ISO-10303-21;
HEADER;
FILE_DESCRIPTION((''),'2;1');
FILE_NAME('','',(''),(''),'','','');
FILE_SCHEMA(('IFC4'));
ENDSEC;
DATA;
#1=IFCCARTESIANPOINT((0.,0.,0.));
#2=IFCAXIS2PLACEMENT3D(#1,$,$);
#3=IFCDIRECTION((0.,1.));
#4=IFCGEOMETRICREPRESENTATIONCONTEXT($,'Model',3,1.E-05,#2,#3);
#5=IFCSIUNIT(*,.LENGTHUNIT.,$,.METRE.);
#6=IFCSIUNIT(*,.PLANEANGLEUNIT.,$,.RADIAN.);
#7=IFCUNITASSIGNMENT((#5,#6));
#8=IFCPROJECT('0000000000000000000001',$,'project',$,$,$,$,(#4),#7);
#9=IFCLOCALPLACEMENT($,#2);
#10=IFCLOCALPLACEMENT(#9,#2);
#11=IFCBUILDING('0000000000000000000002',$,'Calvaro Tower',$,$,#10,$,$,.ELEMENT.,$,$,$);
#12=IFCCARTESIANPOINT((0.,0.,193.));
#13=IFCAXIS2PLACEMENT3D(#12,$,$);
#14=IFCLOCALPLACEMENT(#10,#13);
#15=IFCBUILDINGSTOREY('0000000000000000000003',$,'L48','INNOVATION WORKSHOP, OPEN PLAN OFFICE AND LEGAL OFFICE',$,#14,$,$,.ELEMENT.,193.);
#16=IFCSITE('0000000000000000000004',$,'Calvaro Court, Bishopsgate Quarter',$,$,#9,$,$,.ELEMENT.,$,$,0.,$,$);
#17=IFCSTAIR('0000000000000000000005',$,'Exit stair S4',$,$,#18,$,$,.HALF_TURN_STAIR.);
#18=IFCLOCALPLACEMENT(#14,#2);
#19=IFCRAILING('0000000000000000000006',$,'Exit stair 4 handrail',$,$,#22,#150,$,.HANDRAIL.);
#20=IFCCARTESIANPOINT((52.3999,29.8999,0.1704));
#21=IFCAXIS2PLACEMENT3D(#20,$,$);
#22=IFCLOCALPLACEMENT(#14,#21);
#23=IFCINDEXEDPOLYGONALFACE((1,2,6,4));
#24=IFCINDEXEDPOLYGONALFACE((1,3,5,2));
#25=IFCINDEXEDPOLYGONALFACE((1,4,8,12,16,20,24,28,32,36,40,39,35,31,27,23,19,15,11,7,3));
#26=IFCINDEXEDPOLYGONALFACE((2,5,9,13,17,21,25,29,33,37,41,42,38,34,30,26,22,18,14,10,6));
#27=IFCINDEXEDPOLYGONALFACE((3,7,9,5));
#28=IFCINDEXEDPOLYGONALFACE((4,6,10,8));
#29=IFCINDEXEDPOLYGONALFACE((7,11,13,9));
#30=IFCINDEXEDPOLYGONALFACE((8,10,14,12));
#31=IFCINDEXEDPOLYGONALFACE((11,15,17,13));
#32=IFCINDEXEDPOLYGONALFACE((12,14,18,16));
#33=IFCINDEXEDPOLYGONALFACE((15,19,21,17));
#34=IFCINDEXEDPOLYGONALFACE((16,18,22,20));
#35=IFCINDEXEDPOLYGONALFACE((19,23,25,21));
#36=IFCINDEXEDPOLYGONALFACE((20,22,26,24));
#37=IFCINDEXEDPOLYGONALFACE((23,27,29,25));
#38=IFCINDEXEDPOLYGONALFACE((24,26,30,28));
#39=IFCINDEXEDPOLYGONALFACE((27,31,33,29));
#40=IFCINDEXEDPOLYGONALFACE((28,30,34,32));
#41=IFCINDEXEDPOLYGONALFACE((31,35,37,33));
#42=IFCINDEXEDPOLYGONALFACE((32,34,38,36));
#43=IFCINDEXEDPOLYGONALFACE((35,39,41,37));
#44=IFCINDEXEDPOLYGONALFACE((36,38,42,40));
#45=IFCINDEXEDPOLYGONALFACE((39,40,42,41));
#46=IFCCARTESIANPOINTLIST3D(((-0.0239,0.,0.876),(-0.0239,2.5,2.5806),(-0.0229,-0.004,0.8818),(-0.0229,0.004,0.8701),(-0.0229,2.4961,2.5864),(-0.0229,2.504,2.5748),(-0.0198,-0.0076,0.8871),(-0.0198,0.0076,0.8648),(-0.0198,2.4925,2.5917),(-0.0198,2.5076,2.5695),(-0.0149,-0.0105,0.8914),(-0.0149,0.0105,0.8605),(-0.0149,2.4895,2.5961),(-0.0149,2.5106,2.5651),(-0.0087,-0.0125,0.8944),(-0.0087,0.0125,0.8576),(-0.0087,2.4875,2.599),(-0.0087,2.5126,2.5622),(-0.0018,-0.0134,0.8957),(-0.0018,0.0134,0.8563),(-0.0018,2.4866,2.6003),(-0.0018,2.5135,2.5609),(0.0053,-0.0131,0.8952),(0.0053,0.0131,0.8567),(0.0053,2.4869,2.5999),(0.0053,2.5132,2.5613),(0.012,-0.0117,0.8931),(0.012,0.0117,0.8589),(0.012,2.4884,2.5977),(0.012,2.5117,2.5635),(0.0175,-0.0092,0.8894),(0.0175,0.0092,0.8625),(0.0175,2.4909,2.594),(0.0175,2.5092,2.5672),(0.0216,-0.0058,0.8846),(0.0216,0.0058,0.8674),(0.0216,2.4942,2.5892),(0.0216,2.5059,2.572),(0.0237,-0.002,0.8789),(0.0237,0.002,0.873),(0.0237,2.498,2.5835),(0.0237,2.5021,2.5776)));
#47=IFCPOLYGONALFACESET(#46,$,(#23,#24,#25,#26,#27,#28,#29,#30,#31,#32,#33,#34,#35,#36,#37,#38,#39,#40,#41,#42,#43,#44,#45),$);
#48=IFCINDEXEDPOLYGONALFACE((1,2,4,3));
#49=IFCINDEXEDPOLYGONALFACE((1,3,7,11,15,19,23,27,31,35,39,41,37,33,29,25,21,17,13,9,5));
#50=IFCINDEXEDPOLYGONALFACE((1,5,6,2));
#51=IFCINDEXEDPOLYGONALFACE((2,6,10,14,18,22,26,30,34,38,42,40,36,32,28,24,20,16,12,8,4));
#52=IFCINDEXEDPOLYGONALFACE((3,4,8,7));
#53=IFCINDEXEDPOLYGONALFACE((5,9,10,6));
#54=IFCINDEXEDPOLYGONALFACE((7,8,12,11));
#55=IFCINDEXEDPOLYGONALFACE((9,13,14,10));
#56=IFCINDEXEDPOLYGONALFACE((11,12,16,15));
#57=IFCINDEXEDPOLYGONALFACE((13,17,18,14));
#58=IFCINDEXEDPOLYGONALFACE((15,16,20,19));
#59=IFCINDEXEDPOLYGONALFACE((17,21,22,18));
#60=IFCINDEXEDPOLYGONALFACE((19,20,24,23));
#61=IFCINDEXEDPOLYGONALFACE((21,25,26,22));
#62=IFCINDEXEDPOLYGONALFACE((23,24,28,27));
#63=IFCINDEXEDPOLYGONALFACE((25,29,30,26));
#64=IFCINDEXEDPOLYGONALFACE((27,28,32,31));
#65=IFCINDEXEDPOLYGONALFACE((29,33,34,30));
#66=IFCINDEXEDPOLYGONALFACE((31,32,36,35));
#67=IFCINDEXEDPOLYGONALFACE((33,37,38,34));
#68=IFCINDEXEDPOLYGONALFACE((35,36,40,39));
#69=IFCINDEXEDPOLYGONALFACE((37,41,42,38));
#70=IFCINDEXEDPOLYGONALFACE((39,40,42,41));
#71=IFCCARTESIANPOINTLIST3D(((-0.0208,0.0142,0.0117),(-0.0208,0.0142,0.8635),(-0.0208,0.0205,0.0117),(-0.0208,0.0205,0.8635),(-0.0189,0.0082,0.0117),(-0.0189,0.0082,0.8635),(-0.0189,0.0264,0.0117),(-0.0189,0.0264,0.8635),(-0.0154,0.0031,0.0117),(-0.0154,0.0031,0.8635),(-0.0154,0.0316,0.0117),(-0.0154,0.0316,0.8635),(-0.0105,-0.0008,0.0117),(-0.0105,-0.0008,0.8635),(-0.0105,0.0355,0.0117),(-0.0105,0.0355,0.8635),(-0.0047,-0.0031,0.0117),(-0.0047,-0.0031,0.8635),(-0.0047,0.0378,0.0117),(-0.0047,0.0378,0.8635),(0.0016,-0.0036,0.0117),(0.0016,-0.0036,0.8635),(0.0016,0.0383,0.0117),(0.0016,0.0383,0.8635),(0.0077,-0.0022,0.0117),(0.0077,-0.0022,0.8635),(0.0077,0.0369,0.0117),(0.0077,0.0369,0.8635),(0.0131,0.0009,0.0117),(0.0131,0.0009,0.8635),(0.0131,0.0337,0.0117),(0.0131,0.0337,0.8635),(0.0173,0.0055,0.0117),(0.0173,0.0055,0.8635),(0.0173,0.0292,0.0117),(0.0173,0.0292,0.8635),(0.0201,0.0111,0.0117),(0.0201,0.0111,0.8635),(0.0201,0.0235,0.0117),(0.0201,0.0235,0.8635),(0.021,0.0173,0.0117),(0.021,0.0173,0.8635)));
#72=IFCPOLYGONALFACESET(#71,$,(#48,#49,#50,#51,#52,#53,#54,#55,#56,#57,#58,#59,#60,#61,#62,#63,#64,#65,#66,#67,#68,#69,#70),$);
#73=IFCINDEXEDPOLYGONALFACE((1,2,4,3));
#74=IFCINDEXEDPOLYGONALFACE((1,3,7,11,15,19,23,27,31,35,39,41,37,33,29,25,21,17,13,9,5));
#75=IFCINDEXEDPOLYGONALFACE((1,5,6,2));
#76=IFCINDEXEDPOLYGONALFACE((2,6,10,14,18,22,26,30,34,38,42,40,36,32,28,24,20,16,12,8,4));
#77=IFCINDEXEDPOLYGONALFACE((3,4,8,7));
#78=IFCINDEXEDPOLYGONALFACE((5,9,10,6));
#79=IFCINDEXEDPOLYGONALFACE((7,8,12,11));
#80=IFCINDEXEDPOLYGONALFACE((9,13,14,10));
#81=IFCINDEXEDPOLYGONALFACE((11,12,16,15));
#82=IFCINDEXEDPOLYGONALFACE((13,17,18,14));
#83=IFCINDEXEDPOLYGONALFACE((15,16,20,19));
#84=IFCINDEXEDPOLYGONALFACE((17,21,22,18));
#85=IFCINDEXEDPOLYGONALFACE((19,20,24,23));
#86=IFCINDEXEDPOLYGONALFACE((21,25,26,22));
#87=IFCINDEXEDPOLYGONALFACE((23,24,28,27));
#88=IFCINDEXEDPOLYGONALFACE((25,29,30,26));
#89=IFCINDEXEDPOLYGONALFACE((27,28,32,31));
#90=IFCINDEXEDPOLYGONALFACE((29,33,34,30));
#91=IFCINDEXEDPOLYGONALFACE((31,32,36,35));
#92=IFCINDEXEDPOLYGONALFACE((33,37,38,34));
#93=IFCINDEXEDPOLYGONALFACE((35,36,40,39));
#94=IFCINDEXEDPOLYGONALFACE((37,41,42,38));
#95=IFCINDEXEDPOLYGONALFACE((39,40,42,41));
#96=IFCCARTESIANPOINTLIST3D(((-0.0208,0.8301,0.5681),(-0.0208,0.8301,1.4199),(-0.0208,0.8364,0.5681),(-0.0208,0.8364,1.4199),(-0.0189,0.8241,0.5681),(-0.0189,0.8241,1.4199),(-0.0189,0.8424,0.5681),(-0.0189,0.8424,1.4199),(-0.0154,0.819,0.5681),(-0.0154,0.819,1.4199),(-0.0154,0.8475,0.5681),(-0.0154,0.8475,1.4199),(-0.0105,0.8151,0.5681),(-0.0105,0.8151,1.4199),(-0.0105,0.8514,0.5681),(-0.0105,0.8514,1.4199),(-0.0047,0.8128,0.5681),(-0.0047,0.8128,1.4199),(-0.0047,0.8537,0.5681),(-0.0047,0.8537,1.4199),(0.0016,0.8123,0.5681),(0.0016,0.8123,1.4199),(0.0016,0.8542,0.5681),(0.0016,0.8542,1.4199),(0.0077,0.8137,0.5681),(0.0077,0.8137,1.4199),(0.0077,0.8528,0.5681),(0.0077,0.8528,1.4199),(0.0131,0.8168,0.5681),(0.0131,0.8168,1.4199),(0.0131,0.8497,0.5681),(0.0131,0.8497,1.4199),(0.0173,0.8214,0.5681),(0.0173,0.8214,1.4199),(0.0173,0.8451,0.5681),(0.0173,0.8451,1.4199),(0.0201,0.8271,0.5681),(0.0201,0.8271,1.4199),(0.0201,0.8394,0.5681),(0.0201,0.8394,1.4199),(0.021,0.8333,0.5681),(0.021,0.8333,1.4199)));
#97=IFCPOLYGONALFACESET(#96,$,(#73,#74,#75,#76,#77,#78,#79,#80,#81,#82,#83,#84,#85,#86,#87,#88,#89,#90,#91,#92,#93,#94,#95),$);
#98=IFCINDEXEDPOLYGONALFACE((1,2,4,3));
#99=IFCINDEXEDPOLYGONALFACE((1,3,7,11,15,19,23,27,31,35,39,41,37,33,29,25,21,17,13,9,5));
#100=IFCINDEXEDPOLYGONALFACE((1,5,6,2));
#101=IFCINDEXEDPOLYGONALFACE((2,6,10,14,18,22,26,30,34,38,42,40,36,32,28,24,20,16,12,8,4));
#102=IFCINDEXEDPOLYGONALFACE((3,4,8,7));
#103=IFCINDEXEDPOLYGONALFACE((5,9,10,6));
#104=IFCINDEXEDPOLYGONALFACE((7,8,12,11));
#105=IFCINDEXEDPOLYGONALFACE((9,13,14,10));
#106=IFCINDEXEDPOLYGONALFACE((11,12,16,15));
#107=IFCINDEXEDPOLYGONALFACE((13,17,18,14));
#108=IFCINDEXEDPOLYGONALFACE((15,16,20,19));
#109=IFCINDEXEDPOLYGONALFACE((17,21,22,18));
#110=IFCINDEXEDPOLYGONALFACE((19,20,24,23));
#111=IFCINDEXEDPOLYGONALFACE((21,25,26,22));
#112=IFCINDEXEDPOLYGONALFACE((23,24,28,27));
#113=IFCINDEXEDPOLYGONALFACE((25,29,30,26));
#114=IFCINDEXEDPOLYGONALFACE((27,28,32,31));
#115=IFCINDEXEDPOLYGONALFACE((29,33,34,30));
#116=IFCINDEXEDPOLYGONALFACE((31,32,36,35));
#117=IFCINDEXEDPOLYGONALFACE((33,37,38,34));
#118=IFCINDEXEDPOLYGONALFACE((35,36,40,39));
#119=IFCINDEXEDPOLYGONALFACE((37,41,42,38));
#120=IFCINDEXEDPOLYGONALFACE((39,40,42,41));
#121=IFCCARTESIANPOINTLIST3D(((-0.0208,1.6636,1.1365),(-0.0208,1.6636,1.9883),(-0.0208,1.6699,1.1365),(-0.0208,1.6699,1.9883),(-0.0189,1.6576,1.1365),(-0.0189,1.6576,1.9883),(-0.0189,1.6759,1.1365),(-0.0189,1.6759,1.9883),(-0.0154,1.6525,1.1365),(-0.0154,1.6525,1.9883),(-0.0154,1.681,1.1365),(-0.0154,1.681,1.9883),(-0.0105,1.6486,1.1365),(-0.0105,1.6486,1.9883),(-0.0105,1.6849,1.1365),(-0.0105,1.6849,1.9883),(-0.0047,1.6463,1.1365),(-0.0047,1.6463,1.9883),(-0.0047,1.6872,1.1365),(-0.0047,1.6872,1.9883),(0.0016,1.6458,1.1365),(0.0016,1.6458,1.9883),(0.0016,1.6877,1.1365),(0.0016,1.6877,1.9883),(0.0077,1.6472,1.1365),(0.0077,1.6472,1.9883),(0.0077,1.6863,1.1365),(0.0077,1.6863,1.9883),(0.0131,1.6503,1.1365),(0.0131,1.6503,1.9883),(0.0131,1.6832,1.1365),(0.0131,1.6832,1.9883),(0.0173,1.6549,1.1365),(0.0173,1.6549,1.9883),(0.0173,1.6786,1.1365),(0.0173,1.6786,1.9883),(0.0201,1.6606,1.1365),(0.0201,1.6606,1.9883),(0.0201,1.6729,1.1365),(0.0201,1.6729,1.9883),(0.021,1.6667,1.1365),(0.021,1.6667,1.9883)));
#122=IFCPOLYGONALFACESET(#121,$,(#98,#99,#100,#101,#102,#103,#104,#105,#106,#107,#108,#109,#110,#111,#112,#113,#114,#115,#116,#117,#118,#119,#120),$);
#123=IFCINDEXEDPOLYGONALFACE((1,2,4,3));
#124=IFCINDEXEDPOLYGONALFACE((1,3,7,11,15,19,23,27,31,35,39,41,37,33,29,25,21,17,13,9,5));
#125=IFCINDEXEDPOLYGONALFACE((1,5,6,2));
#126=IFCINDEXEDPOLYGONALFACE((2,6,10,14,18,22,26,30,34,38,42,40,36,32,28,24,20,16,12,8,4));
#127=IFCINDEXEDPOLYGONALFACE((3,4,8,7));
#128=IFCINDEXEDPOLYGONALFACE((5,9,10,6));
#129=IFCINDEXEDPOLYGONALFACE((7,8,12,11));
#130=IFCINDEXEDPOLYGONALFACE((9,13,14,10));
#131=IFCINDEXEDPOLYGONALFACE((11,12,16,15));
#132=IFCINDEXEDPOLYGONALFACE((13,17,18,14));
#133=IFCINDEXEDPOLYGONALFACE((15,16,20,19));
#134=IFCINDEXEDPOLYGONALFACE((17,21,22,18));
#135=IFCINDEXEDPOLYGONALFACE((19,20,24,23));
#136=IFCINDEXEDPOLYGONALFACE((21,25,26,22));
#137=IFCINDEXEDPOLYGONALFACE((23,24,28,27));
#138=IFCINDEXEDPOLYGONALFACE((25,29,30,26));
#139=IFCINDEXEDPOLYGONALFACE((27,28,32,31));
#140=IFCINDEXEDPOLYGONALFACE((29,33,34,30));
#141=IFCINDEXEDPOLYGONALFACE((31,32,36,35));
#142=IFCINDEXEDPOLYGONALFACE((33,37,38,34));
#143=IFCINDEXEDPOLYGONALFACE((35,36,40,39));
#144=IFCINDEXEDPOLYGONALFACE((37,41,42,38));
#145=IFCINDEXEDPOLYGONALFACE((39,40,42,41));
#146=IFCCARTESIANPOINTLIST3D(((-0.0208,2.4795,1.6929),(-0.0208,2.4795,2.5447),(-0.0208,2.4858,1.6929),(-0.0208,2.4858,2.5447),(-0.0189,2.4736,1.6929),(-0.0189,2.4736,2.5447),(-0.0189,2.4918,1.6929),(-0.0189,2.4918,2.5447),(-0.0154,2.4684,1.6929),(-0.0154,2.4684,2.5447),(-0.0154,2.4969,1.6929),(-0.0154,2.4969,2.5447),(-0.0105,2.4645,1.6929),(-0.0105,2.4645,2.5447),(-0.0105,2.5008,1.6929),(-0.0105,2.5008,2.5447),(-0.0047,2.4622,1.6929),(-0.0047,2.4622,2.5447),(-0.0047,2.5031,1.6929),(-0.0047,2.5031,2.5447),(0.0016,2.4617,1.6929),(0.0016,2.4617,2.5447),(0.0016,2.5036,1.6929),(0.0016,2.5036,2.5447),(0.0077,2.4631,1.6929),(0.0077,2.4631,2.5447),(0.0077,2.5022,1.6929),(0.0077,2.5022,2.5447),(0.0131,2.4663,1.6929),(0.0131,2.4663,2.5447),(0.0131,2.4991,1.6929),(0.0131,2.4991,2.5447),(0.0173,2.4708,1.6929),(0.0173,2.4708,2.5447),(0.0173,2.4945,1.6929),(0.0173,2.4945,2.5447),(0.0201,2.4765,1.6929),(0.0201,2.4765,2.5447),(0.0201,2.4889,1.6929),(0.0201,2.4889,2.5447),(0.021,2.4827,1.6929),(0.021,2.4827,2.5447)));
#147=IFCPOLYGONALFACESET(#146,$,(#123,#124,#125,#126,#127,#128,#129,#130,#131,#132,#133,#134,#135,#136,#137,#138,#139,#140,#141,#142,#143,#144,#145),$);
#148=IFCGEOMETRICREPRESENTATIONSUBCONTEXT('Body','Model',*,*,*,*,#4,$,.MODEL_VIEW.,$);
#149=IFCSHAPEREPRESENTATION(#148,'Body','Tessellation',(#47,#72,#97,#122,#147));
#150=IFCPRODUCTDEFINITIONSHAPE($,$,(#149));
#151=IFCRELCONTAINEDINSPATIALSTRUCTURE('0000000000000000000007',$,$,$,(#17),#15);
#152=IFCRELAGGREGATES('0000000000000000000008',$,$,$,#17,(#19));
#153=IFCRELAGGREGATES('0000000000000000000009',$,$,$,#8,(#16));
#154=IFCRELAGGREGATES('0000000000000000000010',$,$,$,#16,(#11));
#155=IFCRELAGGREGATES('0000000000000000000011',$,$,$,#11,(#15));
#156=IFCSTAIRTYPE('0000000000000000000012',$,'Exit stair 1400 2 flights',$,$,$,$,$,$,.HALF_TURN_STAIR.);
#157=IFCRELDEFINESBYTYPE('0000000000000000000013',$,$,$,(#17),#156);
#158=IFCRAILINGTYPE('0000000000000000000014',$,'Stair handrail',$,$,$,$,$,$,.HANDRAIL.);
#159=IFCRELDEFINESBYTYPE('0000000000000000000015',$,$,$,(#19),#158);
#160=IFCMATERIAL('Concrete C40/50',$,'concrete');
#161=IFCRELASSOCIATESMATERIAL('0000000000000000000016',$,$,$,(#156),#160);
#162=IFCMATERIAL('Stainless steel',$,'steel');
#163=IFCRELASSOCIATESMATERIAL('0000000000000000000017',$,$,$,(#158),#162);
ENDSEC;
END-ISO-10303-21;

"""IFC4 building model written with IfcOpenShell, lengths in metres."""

from ifc_helpers import new_model, si_unit, direction, frame, origin, origin_2d, place, context, subcontext, project, spatial, circle, extrude, material, type_object, element, aggregate, save


model = new_model("IFC4")

# Units and contexts
model_context = context("Model", 3, precision=1e-05, world=origin(), true_north=direction((0.0, 1.0)))
body_context = subcontext(model_context, "Body", "Model", "MODEL_VIEW")
ifc_project = project(units=[si_unit("LENGTHUNIT", "METRE"), si_unit("PLANEANGLEUNIT", "RADIAN")], contexts=[model_context])

# Site, building, storey
site_placement = place(None, origin())
site = spatial("IfcSite", under=ifc_project, at=site_placement, Name="Calvaro Court, Bishopsgate Quarter", CompositionType="ELEMENT", RefElevation=0.0)
building_placement = place(site_placement, origin())
building = spatial("IfcBuilding", under=site, at=building_placement, Name="Calvaro Tower", CompositionType="ELEMENT")
storey_placement = place(building_placement, frame((0.0, 0.0, 193.0)))
storey = spatial("IfcBuildingStorey", under=building, at=storey_placement, Name="L48", Description="INNOVATION WORKSHOP, OPEN PLAN OFFICE AND LEGAL OFFICE", CompositionType="ELEMENT", Elevation=193.0)

# Stair
ifc_material_1 = material(Name="Concrete C40/50", Category="concrete")
stair_type = type_object("IfcStairType", Name="Exit stair 1400 2 flights", PredefinedType="HALF_TURN_STAIR", material=ifc_material_1)
stair_1_placement = place(storey_placement, origin())
stair_1 = element("IfcStair", 1, at=stair_1_placement, inside=storey, type_object=stair_type, Name="Exit stair S4", PredefinedType="HALF_TURN_STAIR")

# Railing
ifc_material_2 = material(Name="Stainless steel", Category="steel")
railing_type = type_object("IfcRailingType", Name="Stair handrail", PredefinedType="HANDRAIL", material=ifc_material_2)
railing_1_placement = place(storey_placement, frame((52.3999, 29.8999, 0.1704)))
railing_1 = element("IfcRailing", 2, at=railing_1_placement, type_object=railing_type, Name="Exit stair 4 handrail", PredefinedType="HANDRAIL", context=body_context, shape_type="SweptSolid", body=[
    extrude(circle(Radius=0.0239, at=origin_2d()), frame((0.0, 0.0, 0.876), z_axis=(0.0, 0.826221, 0.563347), x_axis=(-1.0, 0.0, 0.0)), (0.0, 0.0, 1.0), 3.0259),
    extrude(circle(Radius=0.021, at=origin_2d()), frame((0.0, 0.0173, 0.0117)), (0.0, 0.0, 1.0), 0.8518),
    extrude(circle(Radius=0.021, at=origin_2d()), frame((0.0, 0.8333, 0.5681)), (0.0, 0.0, 1.0), 0.8518),
    extrude(circle(Radius=0.021, at=origin_2d()), frame((0.0, 1.6667, 1.1365)), (0.0, 0.0, 1.0), 0.8518),
    extrude(circle(Radius=0.021, at=origin_2d()), frame((0.0, 2.4827, 1.6929)), (0.0, 0.0, 1.0), 0.8518),
])
aggregate(stair_1, [railing_1])

save(model, "model.ifc")
